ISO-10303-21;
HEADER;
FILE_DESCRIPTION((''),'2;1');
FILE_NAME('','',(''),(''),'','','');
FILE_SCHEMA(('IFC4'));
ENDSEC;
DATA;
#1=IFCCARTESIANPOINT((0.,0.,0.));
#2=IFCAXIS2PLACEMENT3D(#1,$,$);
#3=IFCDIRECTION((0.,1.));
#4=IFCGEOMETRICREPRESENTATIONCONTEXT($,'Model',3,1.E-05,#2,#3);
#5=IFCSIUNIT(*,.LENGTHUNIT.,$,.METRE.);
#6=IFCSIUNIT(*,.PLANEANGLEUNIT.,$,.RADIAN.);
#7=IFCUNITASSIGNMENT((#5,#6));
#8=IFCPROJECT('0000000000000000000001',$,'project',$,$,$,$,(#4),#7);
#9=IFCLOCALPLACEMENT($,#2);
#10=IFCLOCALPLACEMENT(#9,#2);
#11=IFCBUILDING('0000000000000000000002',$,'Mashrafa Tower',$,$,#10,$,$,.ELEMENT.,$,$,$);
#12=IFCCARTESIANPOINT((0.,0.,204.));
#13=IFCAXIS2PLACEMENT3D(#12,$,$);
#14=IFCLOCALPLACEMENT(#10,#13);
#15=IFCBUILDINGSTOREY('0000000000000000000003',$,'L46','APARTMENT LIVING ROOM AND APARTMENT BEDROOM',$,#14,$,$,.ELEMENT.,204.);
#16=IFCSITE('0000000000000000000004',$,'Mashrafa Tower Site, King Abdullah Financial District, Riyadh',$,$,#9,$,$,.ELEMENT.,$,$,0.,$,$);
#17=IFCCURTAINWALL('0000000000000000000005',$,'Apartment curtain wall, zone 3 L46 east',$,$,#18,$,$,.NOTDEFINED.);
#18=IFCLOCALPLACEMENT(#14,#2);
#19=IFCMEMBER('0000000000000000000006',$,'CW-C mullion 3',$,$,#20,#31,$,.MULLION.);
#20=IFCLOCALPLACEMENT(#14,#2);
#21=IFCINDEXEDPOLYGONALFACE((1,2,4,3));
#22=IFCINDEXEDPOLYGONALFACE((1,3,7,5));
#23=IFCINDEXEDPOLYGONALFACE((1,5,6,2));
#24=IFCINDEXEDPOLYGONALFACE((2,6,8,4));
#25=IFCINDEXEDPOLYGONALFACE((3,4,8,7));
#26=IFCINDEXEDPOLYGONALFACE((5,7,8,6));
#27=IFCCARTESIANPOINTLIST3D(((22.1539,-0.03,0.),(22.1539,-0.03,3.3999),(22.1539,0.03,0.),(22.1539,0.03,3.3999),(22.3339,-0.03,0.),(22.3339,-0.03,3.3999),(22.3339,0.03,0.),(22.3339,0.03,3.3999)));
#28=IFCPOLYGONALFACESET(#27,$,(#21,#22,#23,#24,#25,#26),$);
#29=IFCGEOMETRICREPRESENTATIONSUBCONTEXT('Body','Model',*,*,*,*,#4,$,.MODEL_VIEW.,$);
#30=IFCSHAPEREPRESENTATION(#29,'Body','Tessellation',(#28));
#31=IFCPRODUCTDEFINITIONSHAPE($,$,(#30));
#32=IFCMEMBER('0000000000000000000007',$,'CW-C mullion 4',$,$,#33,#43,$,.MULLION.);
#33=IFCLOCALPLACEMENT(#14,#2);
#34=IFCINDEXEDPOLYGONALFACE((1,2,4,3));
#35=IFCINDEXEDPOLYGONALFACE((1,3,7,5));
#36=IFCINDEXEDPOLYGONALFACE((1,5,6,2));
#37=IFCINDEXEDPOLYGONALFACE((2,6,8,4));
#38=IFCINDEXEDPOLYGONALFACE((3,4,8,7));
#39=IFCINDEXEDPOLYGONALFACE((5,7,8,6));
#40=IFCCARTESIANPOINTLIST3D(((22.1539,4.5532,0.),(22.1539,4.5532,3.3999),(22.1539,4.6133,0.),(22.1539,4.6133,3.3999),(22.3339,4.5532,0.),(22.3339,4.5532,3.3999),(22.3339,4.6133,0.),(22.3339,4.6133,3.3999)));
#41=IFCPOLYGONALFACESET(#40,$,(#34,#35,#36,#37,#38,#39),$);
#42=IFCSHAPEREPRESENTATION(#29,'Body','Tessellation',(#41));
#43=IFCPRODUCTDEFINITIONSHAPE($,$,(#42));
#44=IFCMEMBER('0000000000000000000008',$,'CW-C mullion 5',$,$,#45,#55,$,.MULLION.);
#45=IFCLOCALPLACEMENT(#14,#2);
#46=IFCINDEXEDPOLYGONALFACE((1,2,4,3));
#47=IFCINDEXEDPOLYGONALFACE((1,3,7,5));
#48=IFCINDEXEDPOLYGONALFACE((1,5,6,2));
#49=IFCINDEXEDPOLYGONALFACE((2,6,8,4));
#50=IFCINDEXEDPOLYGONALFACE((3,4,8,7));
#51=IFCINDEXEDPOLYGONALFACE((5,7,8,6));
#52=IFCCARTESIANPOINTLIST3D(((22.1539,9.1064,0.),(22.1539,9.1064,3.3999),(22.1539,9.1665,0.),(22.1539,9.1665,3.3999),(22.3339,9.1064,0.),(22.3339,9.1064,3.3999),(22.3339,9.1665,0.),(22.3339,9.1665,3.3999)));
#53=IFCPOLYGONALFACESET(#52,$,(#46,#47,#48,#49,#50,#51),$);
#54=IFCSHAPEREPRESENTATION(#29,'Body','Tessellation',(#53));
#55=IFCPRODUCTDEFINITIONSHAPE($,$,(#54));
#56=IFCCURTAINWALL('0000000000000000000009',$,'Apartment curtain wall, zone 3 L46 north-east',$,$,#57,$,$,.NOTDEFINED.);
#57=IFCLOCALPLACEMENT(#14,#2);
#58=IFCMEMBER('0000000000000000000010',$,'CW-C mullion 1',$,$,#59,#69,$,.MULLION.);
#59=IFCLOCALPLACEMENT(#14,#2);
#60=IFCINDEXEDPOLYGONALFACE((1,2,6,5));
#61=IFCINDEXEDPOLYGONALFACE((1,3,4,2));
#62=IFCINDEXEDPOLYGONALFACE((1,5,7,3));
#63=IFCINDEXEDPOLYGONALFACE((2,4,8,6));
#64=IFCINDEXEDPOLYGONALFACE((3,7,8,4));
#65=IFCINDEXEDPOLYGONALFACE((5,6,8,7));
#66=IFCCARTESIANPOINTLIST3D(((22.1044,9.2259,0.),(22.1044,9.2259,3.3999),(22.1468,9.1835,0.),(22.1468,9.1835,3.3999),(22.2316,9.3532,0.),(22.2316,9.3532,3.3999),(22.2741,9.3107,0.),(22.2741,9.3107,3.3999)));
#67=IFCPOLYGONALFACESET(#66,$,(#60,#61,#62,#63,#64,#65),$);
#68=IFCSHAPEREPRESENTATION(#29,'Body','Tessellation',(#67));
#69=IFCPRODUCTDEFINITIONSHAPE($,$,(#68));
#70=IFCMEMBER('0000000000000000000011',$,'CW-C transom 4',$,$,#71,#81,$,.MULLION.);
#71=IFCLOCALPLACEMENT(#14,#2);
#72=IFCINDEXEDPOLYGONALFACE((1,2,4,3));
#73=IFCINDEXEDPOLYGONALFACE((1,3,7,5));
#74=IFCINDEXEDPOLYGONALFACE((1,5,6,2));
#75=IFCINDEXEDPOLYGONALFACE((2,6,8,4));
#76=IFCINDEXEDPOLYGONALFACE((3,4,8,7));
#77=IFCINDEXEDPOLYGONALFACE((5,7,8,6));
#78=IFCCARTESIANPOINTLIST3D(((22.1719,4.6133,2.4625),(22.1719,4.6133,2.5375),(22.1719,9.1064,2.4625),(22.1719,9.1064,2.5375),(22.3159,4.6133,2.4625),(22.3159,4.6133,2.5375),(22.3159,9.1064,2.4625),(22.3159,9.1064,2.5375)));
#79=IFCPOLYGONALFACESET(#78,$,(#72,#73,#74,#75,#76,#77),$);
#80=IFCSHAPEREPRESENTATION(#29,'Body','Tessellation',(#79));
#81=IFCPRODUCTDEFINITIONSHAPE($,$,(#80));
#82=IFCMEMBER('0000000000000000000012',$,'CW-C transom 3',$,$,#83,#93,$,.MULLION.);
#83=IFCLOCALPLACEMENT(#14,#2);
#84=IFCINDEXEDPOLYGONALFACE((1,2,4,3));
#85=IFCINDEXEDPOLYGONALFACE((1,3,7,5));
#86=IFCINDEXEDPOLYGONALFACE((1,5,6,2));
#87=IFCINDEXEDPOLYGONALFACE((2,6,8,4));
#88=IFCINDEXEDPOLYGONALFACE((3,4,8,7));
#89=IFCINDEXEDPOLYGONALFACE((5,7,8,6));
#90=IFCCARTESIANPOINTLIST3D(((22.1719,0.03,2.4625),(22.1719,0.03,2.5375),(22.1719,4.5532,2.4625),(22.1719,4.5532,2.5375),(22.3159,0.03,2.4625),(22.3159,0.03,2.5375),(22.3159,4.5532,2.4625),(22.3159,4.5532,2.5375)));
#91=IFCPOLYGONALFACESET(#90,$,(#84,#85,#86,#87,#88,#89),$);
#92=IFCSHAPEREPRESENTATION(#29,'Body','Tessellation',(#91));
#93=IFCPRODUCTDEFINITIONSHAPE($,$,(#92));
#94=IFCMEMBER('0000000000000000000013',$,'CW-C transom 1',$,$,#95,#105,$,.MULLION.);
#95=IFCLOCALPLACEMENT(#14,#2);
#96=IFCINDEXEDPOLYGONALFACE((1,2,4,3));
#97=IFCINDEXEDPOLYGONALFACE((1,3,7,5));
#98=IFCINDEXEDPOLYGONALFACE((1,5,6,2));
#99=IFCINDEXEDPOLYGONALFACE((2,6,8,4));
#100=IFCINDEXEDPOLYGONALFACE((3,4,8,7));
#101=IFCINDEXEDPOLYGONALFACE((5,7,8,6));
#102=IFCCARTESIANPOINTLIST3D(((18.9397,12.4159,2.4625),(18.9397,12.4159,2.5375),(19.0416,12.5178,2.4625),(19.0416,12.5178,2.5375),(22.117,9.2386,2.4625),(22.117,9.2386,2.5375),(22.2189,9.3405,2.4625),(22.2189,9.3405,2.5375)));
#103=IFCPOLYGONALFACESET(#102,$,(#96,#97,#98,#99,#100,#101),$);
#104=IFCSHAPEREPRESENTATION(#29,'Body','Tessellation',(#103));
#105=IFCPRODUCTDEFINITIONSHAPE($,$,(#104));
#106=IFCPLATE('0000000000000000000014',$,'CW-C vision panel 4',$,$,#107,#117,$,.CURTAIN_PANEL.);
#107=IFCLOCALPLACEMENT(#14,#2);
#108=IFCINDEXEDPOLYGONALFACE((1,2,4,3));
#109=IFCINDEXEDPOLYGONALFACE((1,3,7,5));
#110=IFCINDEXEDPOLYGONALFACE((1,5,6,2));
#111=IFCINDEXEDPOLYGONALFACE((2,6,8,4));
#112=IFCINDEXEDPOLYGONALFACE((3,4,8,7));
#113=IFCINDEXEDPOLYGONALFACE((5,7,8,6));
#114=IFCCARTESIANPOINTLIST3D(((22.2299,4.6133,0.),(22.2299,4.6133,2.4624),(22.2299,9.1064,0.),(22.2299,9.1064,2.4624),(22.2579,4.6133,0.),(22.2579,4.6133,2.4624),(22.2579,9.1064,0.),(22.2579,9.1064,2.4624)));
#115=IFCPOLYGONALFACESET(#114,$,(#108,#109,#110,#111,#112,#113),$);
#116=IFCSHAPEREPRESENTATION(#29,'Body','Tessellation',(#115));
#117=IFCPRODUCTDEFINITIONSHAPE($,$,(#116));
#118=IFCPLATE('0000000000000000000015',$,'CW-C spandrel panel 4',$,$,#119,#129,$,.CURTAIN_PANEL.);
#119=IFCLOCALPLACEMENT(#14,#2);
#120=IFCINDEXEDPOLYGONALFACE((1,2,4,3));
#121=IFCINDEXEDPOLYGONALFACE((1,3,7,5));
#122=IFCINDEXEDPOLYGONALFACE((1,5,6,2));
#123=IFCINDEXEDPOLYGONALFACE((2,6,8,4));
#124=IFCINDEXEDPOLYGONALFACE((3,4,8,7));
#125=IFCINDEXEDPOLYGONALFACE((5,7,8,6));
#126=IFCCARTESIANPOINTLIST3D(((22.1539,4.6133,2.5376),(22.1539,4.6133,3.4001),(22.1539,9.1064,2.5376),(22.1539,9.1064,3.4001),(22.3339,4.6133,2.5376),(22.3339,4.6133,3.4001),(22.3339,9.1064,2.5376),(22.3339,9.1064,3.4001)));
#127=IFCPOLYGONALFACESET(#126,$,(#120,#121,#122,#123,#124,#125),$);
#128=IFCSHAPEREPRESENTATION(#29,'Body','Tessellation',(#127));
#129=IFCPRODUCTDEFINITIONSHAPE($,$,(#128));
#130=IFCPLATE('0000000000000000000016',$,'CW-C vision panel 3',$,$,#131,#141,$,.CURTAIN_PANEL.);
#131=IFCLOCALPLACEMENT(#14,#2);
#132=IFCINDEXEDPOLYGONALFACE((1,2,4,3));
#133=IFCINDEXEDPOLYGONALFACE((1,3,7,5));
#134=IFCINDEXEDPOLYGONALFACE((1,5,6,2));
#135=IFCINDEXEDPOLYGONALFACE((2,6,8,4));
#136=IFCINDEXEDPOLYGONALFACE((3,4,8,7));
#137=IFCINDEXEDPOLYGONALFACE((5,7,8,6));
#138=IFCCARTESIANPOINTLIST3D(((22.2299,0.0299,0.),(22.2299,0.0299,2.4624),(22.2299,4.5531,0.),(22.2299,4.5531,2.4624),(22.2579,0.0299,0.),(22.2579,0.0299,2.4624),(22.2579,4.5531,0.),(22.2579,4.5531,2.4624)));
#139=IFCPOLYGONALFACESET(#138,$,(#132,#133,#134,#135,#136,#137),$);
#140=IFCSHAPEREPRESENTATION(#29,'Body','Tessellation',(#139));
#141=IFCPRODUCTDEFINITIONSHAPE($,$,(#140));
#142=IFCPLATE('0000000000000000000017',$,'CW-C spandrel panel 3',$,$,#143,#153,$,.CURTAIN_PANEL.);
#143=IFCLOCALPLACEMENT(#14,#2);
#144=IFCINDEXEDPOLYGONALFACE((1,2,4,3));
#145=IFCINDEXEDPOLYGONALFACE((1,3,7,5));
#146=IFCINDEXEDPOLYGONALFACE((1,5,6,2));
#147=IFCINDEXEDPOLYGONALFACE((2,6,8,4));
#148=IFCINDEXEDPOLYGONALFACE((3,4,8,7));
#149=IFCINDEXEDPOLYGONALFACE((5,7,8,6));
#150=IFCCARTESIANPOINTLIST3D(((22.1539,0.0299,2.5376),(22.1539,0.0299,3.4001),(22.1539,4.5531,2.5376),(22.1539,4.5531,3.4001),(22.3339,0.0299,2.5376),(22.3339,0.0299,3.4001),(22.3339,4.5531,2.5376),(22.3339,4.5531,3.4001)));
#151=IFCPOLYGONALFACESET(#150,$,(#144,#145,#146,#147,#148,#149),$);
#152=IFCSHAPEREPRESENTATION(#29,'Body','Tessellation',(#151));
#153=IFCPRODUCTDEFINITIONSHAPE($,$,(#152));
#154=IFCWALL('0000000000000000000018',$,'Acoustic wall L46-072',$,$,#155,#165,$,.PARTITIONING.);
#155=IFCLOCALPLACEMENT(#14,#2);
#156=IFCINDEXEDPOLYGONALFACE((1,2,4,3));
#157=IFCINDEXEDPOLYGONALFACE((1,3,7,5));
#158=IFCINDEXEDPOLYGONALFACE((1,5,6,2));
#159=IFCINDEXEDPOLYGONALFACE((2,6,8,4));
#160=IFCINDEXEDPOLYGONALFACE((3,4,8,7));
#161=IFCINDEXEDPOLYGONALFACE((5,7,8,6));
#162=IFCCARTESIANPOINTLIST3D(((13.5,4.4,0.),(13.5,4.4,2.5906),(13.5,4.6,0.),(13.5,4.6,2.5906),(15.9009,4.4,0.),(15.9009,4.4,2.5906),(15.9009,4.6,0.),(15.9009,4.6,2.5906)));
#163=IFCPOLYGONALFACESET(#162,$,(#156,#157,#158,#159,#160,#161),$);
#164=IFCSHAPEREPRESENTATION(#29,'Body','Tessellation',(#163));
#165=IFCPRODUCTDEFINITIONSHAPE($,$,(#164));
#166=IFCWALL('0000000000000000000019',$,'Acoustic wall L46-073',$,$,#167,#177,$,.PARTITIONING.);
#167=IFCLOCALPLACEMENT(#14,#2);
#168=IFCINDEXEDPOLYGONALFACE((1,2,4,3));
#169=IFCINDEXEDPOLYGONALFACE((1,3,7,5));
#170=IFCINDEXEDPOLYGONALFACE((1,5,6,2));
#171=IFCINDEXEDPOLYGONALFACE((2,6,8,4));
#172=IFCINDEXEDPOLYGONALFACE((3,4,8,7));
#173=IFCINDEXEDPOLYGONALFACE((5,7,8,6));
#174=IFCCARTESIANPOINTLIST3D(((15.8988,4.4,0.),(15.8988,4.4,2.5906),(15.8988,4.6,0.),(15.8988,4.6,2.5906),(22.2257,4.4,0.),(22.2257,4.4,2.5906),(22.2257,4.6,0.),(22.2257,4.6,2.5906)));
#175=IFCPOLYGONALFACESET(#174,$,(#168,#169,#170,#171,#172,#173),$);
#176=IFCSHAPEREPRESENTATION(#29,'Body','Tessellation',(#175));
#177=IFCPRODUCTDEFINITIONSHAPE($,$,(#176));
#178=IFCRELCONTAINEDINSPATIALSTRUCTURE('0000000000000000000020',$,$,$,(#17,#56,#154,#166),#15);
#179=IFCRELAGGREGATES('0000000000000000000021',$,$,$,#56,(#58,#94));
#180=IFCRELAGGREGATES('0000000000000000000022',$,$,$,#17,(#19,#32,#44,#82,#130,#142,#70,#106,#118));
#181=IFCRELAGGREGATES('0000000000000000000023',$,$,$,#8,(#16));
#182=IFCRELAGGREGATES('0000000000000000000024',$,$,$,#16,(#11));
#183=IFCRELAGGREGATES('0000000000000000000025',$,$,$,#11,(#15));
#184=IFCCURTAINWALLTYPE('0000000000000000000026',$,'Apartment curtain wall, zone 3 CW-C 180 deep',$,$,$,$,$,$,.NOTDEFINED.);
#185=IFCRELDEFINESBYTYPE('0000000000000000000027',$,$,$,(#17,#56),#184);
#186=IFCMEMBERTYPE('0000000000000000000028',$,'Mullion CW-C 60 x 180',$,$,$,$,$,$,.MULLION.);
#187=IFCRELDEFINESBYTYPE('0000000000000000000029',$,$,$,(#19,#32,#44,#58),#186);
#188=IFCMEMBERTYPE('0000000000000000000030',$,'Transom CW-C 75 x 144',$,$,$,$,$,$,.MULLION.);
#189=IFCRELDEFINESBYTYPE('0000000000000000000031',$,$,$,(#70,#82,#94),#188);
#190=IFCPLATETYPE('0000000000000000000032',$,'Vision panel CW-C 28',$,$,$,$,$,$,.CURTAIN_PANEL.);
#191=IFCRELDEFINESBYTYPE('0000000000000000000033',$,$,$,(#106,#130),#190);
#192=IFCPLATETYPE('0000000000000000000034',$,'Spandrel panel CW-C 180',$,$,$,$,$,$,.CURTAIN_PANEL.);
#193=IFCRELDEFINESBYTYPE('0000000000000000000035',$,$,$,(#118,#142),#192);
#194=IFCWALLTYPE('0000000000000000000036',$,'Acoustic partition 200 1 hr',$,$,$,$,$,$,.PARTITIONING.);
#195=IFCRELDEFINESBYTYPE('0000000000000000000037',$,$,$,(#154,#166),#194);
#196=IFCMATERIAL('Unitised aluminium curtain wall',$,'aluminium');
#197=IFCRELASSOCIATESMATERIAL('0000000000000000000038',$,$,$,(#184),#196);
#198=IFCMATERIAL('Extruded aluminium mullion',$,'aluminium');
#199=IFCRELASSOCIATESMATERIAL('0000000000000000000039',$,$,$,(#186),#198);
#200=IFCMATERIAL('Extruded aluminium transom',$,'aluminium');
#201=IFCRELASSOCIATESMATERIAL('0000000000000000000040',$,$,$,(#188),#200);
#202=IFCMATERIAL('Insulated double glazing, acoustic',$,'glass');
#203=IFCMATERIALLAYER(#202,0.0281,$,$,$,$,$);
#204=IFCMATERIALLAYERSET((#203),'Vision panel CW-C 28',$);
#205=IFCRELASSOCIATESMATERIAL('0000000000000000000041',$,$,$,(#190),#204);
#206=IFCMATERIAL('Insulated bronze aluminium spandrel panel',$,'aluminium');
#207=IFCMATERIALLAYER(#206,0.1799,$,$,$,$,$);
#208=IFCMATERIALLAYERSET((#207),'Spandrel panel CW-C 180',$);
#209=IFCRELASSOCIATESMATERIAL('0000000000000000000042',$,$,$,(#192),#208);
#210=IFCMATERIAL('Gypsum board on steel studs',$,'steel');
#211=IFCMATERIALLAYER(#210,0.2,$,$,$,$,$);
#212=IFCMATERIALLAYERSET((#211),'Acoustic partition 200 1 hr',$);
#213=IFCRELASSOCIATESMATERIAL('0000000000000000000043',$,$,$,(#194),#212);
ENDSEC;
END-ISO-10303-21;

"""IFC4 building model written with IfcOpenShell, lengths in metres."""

from ifc_helpers import new_model, si_unit, direction, frame, frame_2d, origin, origin_2d, place, context, subcontext, project, spatial, rectangle, extrude, source, transform, mapped, material, layer, layer_set, material_profile, profile_set, type_object, type_shapes, element, aggregate, save


model = new_model("IFC4")

# Units and contexts
model_context = context("Model", 3, precision=1e-05, world=origin(), true_north=direction((0.0, 1.0)))
body_context = subcontext(model_context, "Body", "Model", "MODEL_VIEW")
ifc_project = project(units=[si_unit("LENGTHUNIT", "METRE"), si_unit("PLANEANGLEUNIT", "RADIAN")], contexts=[model_context])

# Site, building, storey
site_placement = place(None, origin())
site = spatial("IfcSite", under=ifc_project, at=site_placement, Name="Mashrafa Tower Site, King Abdullah Financial District, Riyadh", CompositionType="ELEMENT", RefElevation=0.0)
building_placement = place(site_placement, origin())
building = spatial("IfcBuilding", under=site, at=building_placement, Name="Mashrafa Tower", CompositionType="ELEMENT")
storey_placement = place(building_placement, frame((0.0, 0.0, 204.0)))
storey = spatial("IfcBuildingStorey", under=building, at=storey_placement, Name="L46", Description="APARTMENT LIVING ROOM AND APARTMENT BEDROOM", CompositionType="ELEMENT", Elevation=204.0)

# Curtain wall, members
ifc_material_1 = material(Name="Unitised aluminium curtain wall", Category="aluminium")
curtain_wall_type = type_object("IfcCurtainWallType", Name="Apartment curtain wall, zone 3 CW-C 180 deep", PredefinedType="NOTDEFINED", material=ifc_material_1)
curtain_wall_1_placement = place(storey_placement, origin())
curtain_wall_1 = element("IfcCurtainWall", 1, at=curtain_wall_1_placement, inside=storey, type_object=curtain_wall_type, Name="Apartment curtain wall, zone 3 L46 east", PredefinedType="NOTDEFINED")
ifc_material_2 = material(Name="Extruded aluminium mullion", Category="aluminium")
ifc_material_profile_1 = material_profile(ifc_material_2, rectangle(XDim=0.1799, YDim=0.0601, at=origin_2d()), Name="Mullion 60x180")
ifc_profile_set_1 = profile_set([ifc_material_profile_1], Name="Extruded aluminium mullion")
member_type_1 = type_object("IfcMemberType", Name="Mullion CW-C 60 x 180", PredefinedType="MULLION", material=ifc_profile_set_1)
shared_shape_1 = source(origin(), body_context, "Body", "SweptSolid", [
    extrude(rectangle(XDim=0.1799, YDim=0.0601, at=origin_2d()), origin(), (0.0, 0.0, 1.0), 3.3999),
])
type_shapes(member_type_1, [shared_shape_1])
member_1_placement = place(storey_placement, frame((22.2439, 0.0, 0.0), z_axis=(0.0, 0.0, 1.0), x_axis=(-1.0, 0.0, 0.0)))
member_1 = element("IfcMember", 2, at=member_1_placement, type_object=member_type_1, Name="CW-C mullion 3", PredefinedType="MULLION", context=body_context, shape_type="MappedRepresentation", body=[
    mapped(shared_shape_1, transform((0.0, 0.0, 0.0))),
])
member_2_placement = place(storey_placement, frame((22.2439, 4.5833, 0.0), z_axis=(0.0, 0.0, 1.0), x_axis=(-1.0, 0.0, 0.0)))
member_2 = element("IfcMember", 3, at=member_2_placement, type_object=member_type_1, Name="CW-C mullion 4", PredefinedType="MULLION", context=body_context, shape_type="MappedRepresentation", body=[
    mapped(shared_shape_1, transform((0.0, 0.0, 0.0))),
])
member_3_placement = place(storey_placement, frame((22.2439, 9.1365, 0.0), z_axis=(0.0, 0.0, 1.0), x_axis=(-1.0, 0.0, 0.0)))
member_3 = element("IfcMember", 4, at=member_3_placement, type_object=member_type_1, Name="CW-C mullion 5", PredefinedType="MULLION", context=body_context, shape_type="MappedRepresentation", body=[
    mapped(shared_shape_1, transform((0.0, 0.0, 0.0))),
])

# Curtain wall, member
curtain_wall_2_placement = place(storey_placement, origin())
curtain_wall_2 = element("IfcCurtainWall", 5, at=curtain_wall_2_placement, inside=storey, type_object=curtain_wall_type, Name="Apartment curtain wall, zone 3 L46 north-east", PredefinedType="NOTDEFINED")
member_4_placement = place(storey_placement, frame((22.1892, 9.2683, 0.0), z_axis=(0.0, 0.0, 1.0), x_axis=(-0.707107, -0.707107, 0.0)))
member_4 = element("IfcMember", 6, at=member_4_placement, type_object=member_type_1, Name="CW-C mullion 1", PredefinedType="MULLION", context=body_context, shape_type="MappedRepresentation", body=[
    mapped(shared_shape_1, transform((0.0, 0.0, 0.0))),
])

# Members
ifc_material_3 = material(Name="Extruded aluminium transom", Category="aluminium")
ifc_material_profile_2 = material_profile(ifc_material_3, rectangle(XDim=0.144, YDim=0.075, at=origin_2d()), Name="Transom 75x144")
ifc_profile_set_2 = profile_set([ifc_material_profile_2], Name="Extruded aluminium transom")
member_type_2 = type_object("IfcMemberType", Name="Transom CW-C 75 x 144", PredefinedType="MULLION", material=ifc_profile_set_2)
shared_shape_2 = source(origin(), body_context, "Body", "SweptSolid", [
    extrude(rectangle(XDim=0.144, YDim=0.075, at=origin_2d()), origin(), (0.0, 0.0, 1.0), 4.4932),
])
member_5_placement = place(storey_placement, frame((22.2439, 4.6133, 2.5), z_axis=(0.0, 1.0, 0.0), x_axis=(-1.0, 0.0, 0.0)))
member_5 = element("IfcMember", 7, at=member_5_placement, type_object=member_type_2, Name="CW-C transom 4", PredefinedType="MULLION", context=body_context, shape_type="MappedRepresentation", body=[
    mapped(shared_shape_2, transform((0.0, 0.0, 0.0))),
])
shared_shape_3 = source(origin(), body_context, "Body", "SweptSolid", [
    extrude(rectangle(XDim=0.144, YDim=0.075, at=origin_2d()), origin(), (0.0, 0.0, 1.0), 4.5232),
])
member_6_placement = place(storey_placement, frame((22.2439, 0.03, 2.5), z_axis=(0.0, 1.0, 0.0), x_axis=(-1.0, 0.0, 0.0)))
member_6 = element("IfcMember", 8, at=member_6_placement, type_object=member_type_2, Name="CW-C transom 3", PredefinedType="MULLION", context=body_context, shape_type="MappedRepresentation", body=[
    mapped(shared_shape_3, transform((0.0, 0.0, 0.0))),
])
shared_shape_4 = source(origin(), body_context, "Body", "SweptSolid", [
    extrude(rectangle(XDim=0.144, YDim=0.075, at=origin_2d()), origin(), (0.0, 0.0, 1.0), 4.4934),
])
type_shapes(member_type_2, [shared_shape_2, shared_shape_3, shared_shape_4])
member_7_placement = place(storey_placement, frame((22.168, 9.2896, 2.5), z_axis=(-0.707107, 0.707107, 0.0), x_axis=(-0.707107, -0.707107, 0.0)))
member_7 = element("IfcMember", 9, at=member_7_placement, type_object=member_type_2, Name="CW-C transom 1", PredefinedType="MULLION", context=body_context, shape_type="MappedRepresentation", body=[
    mapped(shared_shape_4, transform((0.0, 0.0, 0.0))),
])
aggregate(curtain_wall_2, [member_4, member_7])

# Plates
ifc_material_4 = material(Name="Insulated double glazing, acoustic", Category="glass")
ifc_layer_1 = layer(ifc_material_4, 0.0281)
ifc_layer_set_1 = layer_set([ifc_layer_1], Name="Vision panel CW-C 28")
plate_type_1 = type_object("IfcPlateType", Name="Vision panel CW-C 28", PredefinedType="CURTAIN_PANEL", material=ifc_layer_set_1)
shared_shape_5 = source(origin(), body_context, "Body", "SweptSolid", [
    extrude(rectangle(XDim=4.4932, YDim=0.0281, at=origin_2d()), origin(), (0.0, 0.0, 1.0), 2.4624),
])
plate_1_placement = place(storey_placement, frame((22.2439, 6.8599, 0.0), z_axis=(0.0, 0.0, 1.0), x_axis=(0.0, 1.0, 0.0)))
plate_1 = element("IfcPlate", 10, at=plate_1_placement, type_object=plate_type_1, Name="CW-C vision panel 4", PredefinedType="CURTAIN_PANEL", context=body_context, shape_type="MappedRepresentation", body=[
    mapped(shared_shape_5, transform((0.0, 0.0, 0.0))),
])
ifc_material_5 = material(Name="Insulated bronze aluminium spandrel panel", Category="aluminium")
ifc_layer_2 = layer(ifc_material_5, 0.1799)
ifc_layer_set_2 = layer_set([ifc_layer_2], Name="Spandrel panel CW-C 180")
plate_type_2 = type_object("IfcPlateType", Name="Spandrel panel CW-C 180", PredefinedType="CURTAIN_PANEL", material=ifc_layer_set_2)
shared_shape_6 = source(origin(), body_context, "Body", "SweptSolid", [
    extrude(rectangle(XDim=4.4932, YDim=0.1799, at=origin_2d()), origin(), (0.0, 0.0, 1.0), 0.8625),
])
plate_2_placement = place(storey_placement, frame((22.2439, 6.8599, 2.5376), z_axis=(0.0, 0.0, 1.0), x_axis=(0.0, 1.0, 0.0)))
plate_2 = element("IfcPlate", 11, at=plate_2_placement, type_object=plate_type_2, Name="CW-C spandrel panel 4", PredefinedType="CURTAIN_PANEL", context=body_context, shape_type="MappedRepresentation", body=[
    mapped(shared_shape_6, transform((0.0, 0.0, 0.0))),
])
shared_shape_7 = source(origin(), body_context, "Body", "SweptSolid", [
    extrude(rectangle(XDim=4.5232, YDim=0.0281, at=origin_2d()), origin(), (0.0, 0.0, 1.0), 2.4624),
])
type_shapes(plate_type_1, [shared_shape_5, shared_shape_7])
plate_3_placement = place(storey_placement, frame((22.2439, 2.2915, 0.0), z_axis=(0.0, 0.0, 1.0), x_axis=(0.0, 1.0, 0.0)))
plate_3 = element("IfcPlate", 12, at=plate_3_placement, type_object=plate_type_1, Name="CW-C vision panel 3", PredefinedType="CURTAIN_PANEL", context=body_context, shape_type="MappedRepresentation", body=[
    mapped(shared_shape_7, transform((0.0, 0.0, 0.0))),
])
shared_shape_8 = source(origin(), body_context, "Body", "SweptSolid", [
    extrude(rectangle(XDim=4.5232, YDim=0.1799, at=origin_2d()), origin(), (0.0, 0.0, 1.0), 0.8625),
])
type_shapes(plate_type_2, [shared_shape_6, shared_shape_8])
plate_4_placement = place(storey_placement, frame((22.2439, 2.2915, 2.5376), z_axis=(0.0, 0.0, 1.0), x_axis=(0.0, 1.0, 0.0)))
plate_4 = element("IfcPlate", 13, at=plate_4_placement, type_object=plate_type_2, Name="CW-C spandrel panel 3", PredefinedType="CURTAIN_PANEL", context=body_context, shape_type="MappedRepresentation", body=[
    mapped(shared_shape_8, transform((0.0, 0.0, 0.0))),
])
aggregate(curtain_wall_1, [member_1, member_2, member_3, member_6, plate_3, plate_4, member_5, plate_1, plate_2])

# Walls
ifc_material_6 = material(Name="Gypsum board on steel studs", Category="steel")
ifc_layer_3 = layer(ifc_material_6, 0.2)
ifc_layer_set_3 = layer_set([ifc_layer_3], Name="Acoustic partition 200 1 hr")
wall_type_1 = type_object("IfcWallType", Name="Acoustic partition 200 1 hr", PredefinedType="PARTITIONING", material=ifc_layer_set_3)
wall_1_placement = place(storey_placement, frame((15.9009, 4.5, 0.0), z_axis=(0.0, 0.0, 1.0), x_axis=(-1.0, 0.0, 0.0)))
element("IfcWall", 14, at=wall_1_placement, inside=storey, type_object=wall_type_1, Name="Acoustic wall L46-072", PredefinedType="PARTITIONING", context=body_context, shape_type="SweptSolid", body=[
    extrude(rectangle(XDim=2.4009, YDim=0.2, at=frame_2d((1.2004, 0.0))), origin(), (0.0, 0.0, 1.0), 2.5906),
])
wall_2_placement = place(storey_placement, frame((22.2258, 4.5, 0.0), z_axis=(0.0, 0.0, 1.0), x_axis=(-1.0, 0.0, 0.0)))
element("IfcWall", 15, at=wall_2_placement, inside=storey, type_object=wall_type_1, Name="Acoustic wall L46-073", PredefinedType="PARTITIONING", context=body_context, shape_type="SweptSolid", body=[
    extrude(rectangle(XDim=6.3269, YDim=0.2, at=frame_2d((3.1636, 0.0))), origin(), (0.0, 0.0, 1.0), 2.5906),
])

save(model, "model.ifc")
